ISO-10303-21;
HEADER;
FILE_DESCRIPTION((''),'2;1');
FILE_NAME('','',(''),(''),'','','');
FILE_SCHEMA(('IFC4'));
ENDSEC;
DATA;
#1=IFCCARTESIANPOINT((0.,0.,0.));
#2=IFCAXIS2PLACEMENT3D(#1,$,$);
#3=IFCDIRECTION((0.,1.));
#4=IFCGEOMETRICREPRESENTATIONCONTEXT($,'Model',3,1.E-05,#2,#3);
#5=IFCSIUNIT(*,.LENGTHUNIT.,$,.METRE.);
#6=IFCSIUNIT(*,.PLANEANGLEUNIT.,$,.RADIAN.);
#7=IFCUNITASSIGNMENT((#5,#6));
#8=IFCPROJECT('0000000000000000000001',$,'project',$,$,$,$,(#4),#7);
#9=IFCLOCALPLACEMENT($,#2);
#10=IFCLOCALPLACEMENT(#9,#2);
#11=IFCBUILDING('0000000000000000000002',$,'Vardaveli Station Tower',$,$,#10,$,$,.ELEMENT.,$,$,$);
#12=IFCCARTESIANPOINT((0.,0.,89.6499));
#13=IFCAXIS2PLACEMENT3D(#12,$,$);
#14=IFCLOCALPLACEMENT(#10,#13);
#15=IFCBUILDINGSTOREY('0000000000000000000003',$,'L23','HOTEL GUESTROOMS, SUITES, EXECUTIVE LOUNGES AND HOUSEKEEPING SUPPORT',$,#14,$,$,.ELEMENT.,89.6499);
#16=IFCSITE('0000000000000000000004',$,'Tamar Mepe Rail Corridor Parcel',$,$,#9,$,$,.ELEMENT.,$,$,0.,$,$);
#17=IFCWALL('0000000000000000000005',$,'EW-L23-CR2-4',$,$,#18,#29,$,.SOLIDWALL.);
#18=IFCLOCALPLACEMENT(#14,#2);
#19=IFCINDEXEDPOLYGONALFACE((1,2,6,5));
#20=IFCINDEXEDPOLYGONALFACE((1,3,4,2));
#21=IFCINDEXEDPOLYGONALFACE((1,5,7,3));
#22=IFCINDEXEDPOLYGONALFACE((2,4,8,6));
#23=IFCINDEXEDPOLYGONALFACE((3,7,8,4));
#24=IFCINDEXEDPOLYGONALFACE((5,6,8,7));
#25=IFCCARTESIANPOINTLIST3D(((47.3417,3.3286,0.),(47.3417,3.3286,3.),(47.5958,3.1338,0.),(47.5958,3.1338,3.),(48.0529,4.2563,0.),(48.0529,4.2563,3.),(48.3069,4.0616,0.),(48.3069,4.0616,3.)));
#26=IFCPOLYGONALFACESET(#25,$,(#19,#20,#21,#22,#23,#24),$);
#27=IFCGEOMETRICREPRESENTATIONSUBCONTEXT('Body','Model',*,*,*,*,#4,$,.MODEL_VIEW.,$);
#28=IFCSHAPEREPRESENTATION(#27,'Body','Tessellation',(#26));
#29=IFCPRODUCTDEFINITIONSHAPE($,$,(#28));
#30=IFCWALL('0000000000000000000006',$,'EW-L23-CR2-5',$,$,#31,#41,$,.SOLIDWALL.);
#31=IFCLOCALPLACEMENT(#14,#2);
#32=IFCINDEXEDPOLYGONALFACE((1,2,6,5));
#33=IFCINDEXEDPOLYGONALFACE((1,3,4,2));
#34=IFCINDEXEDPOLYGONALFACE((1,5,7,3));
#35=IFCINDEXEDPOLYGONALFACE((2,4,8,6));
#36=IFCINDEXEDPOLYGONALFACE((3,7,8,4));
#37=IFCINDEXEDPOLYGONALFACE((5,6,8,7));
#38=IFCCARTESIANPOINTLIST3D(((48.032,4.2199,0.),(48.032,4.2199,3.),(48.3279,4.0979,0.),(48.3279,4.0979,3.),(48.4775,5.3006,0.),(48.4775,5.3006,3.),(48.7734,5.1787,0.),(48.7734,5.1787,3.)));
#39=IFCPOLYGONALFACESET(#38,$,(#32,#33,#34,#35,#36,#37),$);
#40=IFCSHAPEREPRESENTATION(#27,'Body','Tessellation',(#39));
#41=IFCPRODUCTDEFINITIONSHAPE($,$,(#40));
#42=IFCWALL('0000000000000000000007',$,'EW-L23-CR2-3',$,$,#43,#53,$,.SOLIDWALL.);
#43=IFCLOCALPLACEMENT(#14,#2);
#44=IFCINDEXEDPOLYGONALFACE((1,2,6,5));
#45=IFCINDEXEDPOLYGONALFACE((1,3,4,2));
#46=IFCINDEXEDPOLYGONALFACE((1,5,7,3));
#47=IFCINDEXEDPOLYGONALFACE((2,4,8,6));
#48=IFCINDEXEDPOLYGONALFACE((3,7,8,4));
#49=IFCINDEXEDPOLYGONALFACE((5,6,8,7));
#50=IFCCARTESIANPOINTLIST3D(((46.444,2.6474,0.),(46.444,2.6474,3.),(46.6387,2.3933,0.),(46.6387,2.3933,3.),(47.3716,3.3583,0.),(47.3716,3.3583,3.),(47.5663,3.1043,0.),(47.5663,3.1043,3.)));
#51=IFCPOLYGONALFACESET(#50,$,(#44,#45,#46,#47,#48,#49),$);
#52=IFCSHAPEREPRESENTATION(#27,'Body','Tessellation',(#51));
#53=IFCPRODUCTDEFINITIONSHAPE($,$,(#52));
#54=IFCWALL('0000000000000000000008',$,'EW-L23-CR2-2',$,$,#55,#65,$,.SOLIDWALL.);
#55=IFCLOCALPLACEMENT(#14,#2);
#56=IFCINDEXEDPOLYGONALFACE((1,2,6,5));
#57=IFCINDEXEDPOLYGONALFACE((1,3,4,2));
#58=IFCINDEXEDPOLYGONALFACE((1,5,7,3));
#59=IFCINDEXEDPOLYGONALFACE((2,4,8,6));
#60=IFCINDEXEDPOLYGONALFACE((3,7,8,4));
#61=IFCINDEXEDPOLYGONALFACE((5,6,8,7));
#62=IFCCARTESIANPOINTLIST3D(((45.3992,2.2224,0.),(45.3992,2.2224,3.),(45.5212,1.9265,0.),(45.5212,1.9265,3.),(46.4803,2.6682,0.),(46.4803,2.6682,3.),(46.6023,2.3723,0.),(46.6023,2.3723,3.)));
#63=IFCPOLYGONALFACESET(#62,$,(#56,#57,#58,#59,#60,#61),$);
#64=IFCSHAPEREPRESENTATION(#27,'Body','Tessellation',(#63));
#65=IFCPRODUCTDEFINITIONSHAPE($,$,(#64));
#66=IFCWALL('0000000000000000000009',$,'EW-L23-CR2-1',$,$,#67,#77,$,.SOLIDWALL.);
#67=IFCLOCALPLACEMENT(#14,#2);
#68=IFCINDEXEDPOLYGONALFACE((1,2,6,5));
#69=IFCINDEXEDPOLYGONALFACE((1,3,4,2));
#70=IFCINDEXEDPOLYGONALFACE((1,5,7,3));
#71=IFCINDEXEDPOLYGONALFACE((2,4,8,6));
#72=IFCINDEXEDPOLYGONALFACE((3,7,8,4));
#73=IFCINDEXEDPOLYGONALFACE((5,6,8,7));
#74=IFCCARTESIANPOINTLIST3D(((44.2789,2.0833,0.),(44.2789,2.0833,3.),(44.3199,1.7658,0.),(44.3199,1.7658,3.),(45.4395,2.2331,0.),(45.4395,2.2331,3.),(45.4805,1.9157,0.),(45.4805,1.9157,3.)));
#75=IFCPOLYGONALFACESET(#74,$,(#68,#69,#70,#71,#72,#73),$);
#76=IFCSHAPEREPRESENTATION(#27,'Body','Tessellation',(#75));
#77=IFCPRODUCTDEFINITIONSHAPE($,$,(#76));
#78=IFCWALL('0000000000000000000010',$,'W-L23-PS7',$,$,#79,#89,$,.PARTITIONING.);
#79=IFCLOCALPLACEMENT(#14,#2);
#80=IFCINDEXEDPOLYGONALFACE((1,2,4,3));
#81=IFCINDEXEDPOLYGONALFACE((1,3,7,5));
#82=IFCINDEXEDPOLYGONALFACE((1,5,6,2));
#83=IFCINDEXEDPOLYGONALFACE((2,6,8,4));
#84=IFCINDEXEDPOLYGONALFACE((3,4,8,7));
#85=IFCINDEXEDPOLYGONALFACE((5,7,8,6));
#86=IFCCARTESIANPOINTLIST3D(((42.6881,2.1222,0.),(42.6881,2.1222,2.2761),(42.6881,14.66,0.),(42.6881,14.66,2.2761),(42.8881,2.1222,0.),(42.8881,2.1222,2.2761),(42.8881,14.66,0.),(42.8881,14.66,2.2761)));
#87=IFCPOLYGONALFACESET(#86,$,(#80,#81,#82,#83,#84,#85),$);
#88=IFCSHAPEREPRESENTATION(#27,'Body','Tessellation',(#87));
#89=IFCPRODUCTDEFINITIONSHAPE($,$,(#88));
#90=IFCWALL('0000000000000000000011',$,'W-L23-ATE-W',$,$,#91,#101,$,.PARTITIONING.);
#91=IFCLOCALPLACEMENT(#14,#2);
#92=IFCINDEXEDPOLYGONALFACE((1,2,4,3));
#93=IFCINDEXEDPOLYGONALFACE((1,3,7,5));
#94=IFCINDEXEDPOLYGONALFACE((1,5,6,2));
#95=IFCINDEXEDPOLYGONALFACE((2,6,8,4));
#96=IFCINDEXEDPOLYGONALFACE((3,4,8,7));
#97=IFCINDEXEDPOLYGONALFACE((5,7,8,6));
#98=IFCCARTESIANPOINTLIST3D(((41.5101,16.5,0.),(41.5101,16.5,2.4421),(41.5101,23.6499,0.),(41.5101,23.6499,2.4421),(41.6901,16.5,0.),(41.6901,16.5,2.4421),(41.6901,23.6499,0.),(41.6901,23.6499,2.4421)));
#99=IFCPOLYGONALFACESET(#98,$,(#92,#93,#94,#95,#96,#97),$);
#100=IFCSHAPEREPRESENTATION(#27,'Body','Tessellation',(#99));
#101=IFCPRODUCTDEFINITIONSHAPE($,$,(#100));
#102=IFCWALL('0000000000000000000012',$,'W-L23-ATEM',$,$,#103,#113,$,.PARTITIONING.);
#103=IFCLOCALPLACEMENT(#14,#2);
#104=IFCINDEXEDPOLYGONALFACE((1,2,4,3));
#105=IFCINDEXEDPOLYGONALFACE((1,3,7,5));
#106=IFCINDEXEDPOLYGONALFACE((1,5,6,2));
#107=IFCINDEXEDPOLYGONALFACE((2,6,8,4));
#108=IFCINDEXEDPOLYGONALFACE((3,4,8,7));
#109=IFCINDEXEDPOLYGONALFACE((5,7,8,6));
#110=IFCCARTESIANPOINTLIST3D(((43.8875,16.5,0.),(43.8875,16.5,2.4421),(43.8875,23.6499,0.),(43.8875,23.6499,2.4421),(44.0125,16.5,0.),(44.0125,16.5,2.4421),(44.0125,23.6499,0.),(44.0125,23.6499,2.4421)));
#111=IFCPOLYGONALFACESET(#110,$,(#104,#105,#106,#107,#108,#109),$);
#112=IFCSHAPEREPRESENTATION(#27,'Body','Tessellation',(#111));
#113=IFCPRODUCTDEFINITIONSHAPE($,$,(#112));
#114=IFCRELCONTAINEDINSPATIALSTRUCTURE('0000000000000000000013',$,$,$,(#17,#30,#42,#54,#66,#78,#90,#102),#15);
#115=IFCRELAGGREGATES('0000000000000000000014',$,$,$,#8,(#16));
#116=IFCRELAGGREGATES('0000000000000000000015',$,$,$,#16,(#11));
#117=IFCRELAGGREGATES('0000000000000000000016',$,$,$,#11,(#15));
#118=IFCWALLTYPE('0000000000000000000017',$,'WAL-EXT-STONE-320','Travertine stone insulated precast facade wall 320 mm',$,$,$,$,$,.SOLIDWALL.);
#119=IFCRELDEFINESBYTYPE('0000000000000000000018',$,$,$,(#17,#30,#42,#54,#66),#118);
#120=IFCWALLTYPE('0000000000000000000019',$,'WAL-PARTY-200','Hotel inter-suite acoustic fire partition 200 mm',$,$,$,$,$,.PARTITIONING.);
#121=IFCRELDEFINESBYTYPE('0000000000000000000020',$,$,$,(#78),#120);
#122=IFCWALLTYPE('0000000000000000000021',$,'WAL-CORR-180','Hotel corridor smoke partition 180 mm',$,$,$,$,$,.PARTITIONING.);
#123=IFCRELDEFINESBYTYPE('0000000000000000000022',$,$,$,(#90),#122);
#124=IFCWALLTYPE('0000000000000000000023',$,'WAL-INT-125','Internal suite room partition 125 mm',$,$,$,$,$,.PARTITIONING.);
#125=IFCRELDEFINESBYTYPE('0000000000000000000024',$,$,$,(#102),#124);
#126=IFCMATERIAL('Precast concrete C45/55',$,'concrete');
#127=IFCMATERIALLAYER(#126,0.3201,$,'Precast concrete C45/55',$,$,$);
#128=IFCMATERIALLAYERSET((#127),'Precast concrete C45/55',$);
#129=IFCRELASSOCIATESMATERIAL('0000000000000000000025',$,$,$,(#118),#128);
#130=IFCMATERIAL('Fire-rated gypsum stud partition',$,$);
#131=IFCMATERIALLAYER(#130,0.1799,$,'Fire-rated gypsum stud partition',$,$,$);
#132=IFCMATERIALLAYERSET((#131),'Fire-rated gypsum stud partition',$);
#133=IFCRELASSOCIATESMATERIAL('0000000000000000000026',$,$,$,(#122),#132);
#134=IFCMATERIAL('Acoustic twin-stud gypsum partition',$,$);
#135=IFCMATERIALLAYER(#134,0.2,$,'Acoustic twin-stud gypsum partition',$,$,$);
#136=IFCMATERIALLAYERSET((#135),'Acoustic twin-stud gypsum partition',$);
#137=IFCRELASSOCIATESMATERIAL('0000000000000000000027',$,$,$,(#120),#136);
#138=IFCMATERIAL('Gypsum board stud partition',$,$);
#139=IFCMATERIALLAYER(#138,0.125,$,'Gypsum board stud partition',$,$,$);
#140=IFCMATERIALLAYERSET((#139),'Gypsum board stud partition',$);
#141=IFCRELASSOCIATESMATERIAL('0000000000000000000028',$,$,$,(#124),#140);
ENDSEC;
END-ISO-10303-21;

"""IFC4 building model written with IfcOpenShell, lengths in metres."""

from ifc_helpers import new_model, si_unit, direction, frame, frame_2d, origin, place, context, subcontext, project, spatial, rectangle, extrude, source, transform, mapped, material, layer, layer_set, type_object, element, save


model = new_model("IFC4")

# Units and contexts
model_context = context("Model", 3, precision=1e-05, world=origin(), true_north=direction((0.0, 1.0)))
body_context = subcontext(model_context, "Body", "Model", "MODEL_VIEW")
ifc_project = project(units=[si_unit("LENGTHUNIT", "METRE"), si_unit("PLANEANGLEUNIT", "RADIAN")], contexts=[model_context])

# Site, building, storey
site_placement = place(None, origin())
site = spatial("IfcSite", under=ifc_project, at=site_placement, Name="Tamar Mepe Rail Corridor Parcel", CompositionType="ELEMENT", RefElevation=0.0)
building_placement = place(site_placement, origin())
building = spatial("IfcBuilding", under=site, at=building_placement, Name="Vardaveli Station Tower", CompositionType="ELEMENT")
storey_placement = place(building_placement, frame((0.0, 0.0, 89.6499)))
storey = spatial("IfcBuildingStorey", under=building, at=storey_placement, Name="L23", Description="HOTEL GUESTROOMS, SUITES, EXECUTIVE LOUNGES AND HOUSEKEEPING SUPPORT", CompositionType="ELEMENT", Elevation=89.6499)

# Shared definitions
ifc_material_1 = material(Name="Precast concrete C45/55", Category="concrete")

# Shared definitions
ifc_layer_1 = layer(ifc_material_1, 0.3201, Name="Precast concrete C45/55")
ifc_layer_set_1 = layer_set([ifc_layer_1], Name="Precast concrete C45/55")
wall_type_1 = type_object("IfcWallType", Name="WAL-EXT-STONE-320", Description="Travertine stone insulated precast facade wall 320 mm", PredefinedType="SOLIDWALL", material=ifc_layer_set_1)

# Walls
shared_shape_1 = source(origin(), body_context, "Body", "SweptSolid", [
    extrude(rectangle(XDim=1.1689, YDim=0.3201, at=frame_2d((0.5845, 0.0))), origin(), (0.0, 0.0, 1.0), 3.0),
])
for number, where, z_axis, x_axis, name in (
    (1, (47.4688, 3.2312, 0.0), (0.0, 0.0, 1.0), (0.608388, 0.79364, 0.0), "EW-L23-CR2-4"),
    (2, (48.1799, 4.1589, 0.0), (0.0, 0.0, 1.0), (0.381128, 0.924522, 0.0), "EW-L23-CR2-5"),
):
    element("IfcWall", number, at=place(storey_placement, frame(where, z_axis=z_axis, x_axis=x_axis)), inside=storey, type_object=wall_type_1, Name=name, PredefinedType="SOLIDWALL", context=body_context, shape_type="MappedRepresentation", body=[
        mapped(shared_shape_1, transform((0.0, 0.0, 0.0), scale=1.0)),
    ])
shared_shape_2 = source(origin(), body_context, "Body", "SweptSolid", [
    extrude(rectangle(XDim=1.1687, YDim=0.3201, at=frame_2d((0.5845, 0.0))), origin(), (0.0, 0.0, 1.0), 3.0),
])
wall_1_placement = place(storey_placement, frame((46.5413, 2.5203, 0.0), z_axis=(0.0, 0.0, 1.0), x_axis=(0.793664, 0.608357, 0.0)))
element("IfcWall", 3, at=wall_1_placement, inside=storey, type_object=wall_type_1, Name="EW-L23-CR2-3", PredefinedType="SOLIDWALL", context=body_context, shape_type="MappedRepresentation", body=[
    mapped(shared_shape_2, transform((0.0, 0.0, 0.0), scale=1.0)),
])
shared_shape_3 = source(origin(), body_context, "Body", "SweptSolid", [
    extrude(rectangle(XDim=1.1694, YDim=0.3201, at=frame_2d((0.5847, 0.0))), origin(), (0.0, 0.0, 1.0), 3.0),
])
wall_2_placement = place(storey_placement, frame((45.4602, 2.0745, 0.0), z_axis=(0.0, 0.0, 1.0), x_axis=(0.924479, 0.381233, 0.0)))
element("IfcWall", 4, at=wall_2_placement, inside=storey, type_object=wall_type_1, Name="EW-L23-CR2-2", PredefinedType="SOLIDWALL", context=body_context, shape_type="MappedRepresentation", body=[
    mapped(shared_shape_3, transform((0.0, 0.0, 0.0), scale=1.0)),
])
shared_shape_4 = source(origin(), body_context, "Body", "SweptSolid", [
    extrude(rectangle(XDim=1.1702, YDim=0.3201, at=frame_2d((0.585, 0.0))), origin(), (0.0, 0.0, 1.0), 3.0),
])
wall_3_placement = place(storey_placement, frame((44.2996, 1.9246, 0.0), z_axis=(0.0, 0.0, 1.0), x_axis=(0.991762, 0.12809, 0.0)))
element("IfcWall", 5, at=wall_3_placement, inside=storey, type_object=wall_type_1, Name="EW-L23-CR2-1", PredefinedType="SOLIDWALL", context=body_context, shape_type="MappedRepresentation", body=[
    mapped(shared_shape_4, transform((0.0, 0.0, 0.0), scale=1.0)),
])

# Shared definitions
ifc_material_2 = material(Name="Fire-rated gypsum stud partition")
ifc_layer_2 = layer(ifc_material_2, 0.1799, Name="Fire-rated gypsum stud partition")
ifc_layer_set_2 = layer_set([ifc_layer_2], Name="Fire-rated gypsum stud partition")
wall_type_2 = type_object("IfcWallType", Name="WAL-CORR-180", Description="Hotel corridor smoke partition 180 mm", PredefinedType="PARTITIONING", material=ifc_layer_set_2)

# Walls
ifc_material_3 = material(Name="Acoustic twin-stud gypsum partition")
ifc_layer_3 = layer(ifc_material_3, 0.2, Name="Acoustic twin-stud gypsum partition")
ifc_layer_set_3 = layer_set([ifc_layer_3], Name="Acoustic twin-stud gypsum partition")
wall_type_3 = type_object("IfcWallType", Name="WAL-PARTY-200", Description="Hotel inter-suite acoustic fire partition 200 mm", PredefinedType="PARTITIONING", material=ifc_layer_set_3)
shared_shape_5 = source(origin(), body_context, "Body", "SweptSolid", [
    extrude(rectangle(XDim=12.5378, YDim=0.2, at=frame_2d((6.269, 0.0))), origin(), (0.0, 0.0, 1.0), 2.2761),
])
wall_4_placement = place(storey_placement, frame((42.7881, 2.1221, 0.0), z_axis=(0.0, 0.0, 1.0), x_axis=(0.0, 1.0, 0.0)))
element("IfcWall", 6, at=wall_4_placement, inside=storey, type_object=wall_type_3, Name="W-L23-PS7", PredefinedType="PARTITIONING", context=body_context, shape_type="MappedRepresentation", body=[
    mapped(shared_shape_5, transform((0.0, 0.0, 0.0), scale=1.0)),
])
shared_shape_6 = source(origin(), body_context, "Body", "SweptSolid", [
    extrude(rectangle(XDim=7.1499, YDim=0.1799, at=frame_2d((3.575, 0.0))), origin(), (0.0, 0.0, 1.0), 2.4421),
])
wall_5_placement = place(storey_placement, frame((41.6001, 16.5, 0.0), z_axis=(0.0, 0.0, 1.0), x_axis=(0.0, 1.0, 0.0)))
element("IfcWall", 7, at=wall_5_placement, inside=storey, type_object=wall_type_2, Name="W-L23-ATE-W", PredefinedType="PARTITIONING", context=body_context, shape_type="MappedRepresentation", body=[
    mapped(shared_shape_6, transform((0.0, 0.0, 0.0), scale=1.0)),
])
ifc_material_4 = material(Name="Gypsum board stud partition")
ifc_layer_4 = layer(ifc_material_4, 0.125, Name="Gypsum board stud partition")
ifc_layer_set_4 = layer_set([ifc_layer_4], Name="Gypsum board stud partition")
wall_type_4 = type_object("IfcWallType", Name="WAL-INT-125", Description="Internal suite room partition 125 mm", PredefinedType="PARTITIONING", material=ifc_layer_set_4)
shared_shape_7 = source(origin(), body_context, "Body", "SweptSolid", [
    extrude(rectangle(XDim=7.1499, YDim=0.125, at=frame_2d((3.575, 0.0))), origin(), (0.0, 0.0, 1.0), 2.4421),
])
wall_6_placement = place(storey_placement, frame((43.95, 16.5, 0.0), z_axis=(0.0, 0.0, 1.0), x_axis=(0.0, 1.0, 0.0)))
element("IfcWall", 8, at=wall_6_placement, inside=storey, type_object=wall_type_4, Name="W-L23-ATEM", PredefinedType="PARTITIONING", context=body_context, shape_type="MappedRepresentation", body=[
    mapped(shared_shape_7, transform((0.0, 0.0, 0.0), scale=1.0)),
])

save(model, "model.ifc")
